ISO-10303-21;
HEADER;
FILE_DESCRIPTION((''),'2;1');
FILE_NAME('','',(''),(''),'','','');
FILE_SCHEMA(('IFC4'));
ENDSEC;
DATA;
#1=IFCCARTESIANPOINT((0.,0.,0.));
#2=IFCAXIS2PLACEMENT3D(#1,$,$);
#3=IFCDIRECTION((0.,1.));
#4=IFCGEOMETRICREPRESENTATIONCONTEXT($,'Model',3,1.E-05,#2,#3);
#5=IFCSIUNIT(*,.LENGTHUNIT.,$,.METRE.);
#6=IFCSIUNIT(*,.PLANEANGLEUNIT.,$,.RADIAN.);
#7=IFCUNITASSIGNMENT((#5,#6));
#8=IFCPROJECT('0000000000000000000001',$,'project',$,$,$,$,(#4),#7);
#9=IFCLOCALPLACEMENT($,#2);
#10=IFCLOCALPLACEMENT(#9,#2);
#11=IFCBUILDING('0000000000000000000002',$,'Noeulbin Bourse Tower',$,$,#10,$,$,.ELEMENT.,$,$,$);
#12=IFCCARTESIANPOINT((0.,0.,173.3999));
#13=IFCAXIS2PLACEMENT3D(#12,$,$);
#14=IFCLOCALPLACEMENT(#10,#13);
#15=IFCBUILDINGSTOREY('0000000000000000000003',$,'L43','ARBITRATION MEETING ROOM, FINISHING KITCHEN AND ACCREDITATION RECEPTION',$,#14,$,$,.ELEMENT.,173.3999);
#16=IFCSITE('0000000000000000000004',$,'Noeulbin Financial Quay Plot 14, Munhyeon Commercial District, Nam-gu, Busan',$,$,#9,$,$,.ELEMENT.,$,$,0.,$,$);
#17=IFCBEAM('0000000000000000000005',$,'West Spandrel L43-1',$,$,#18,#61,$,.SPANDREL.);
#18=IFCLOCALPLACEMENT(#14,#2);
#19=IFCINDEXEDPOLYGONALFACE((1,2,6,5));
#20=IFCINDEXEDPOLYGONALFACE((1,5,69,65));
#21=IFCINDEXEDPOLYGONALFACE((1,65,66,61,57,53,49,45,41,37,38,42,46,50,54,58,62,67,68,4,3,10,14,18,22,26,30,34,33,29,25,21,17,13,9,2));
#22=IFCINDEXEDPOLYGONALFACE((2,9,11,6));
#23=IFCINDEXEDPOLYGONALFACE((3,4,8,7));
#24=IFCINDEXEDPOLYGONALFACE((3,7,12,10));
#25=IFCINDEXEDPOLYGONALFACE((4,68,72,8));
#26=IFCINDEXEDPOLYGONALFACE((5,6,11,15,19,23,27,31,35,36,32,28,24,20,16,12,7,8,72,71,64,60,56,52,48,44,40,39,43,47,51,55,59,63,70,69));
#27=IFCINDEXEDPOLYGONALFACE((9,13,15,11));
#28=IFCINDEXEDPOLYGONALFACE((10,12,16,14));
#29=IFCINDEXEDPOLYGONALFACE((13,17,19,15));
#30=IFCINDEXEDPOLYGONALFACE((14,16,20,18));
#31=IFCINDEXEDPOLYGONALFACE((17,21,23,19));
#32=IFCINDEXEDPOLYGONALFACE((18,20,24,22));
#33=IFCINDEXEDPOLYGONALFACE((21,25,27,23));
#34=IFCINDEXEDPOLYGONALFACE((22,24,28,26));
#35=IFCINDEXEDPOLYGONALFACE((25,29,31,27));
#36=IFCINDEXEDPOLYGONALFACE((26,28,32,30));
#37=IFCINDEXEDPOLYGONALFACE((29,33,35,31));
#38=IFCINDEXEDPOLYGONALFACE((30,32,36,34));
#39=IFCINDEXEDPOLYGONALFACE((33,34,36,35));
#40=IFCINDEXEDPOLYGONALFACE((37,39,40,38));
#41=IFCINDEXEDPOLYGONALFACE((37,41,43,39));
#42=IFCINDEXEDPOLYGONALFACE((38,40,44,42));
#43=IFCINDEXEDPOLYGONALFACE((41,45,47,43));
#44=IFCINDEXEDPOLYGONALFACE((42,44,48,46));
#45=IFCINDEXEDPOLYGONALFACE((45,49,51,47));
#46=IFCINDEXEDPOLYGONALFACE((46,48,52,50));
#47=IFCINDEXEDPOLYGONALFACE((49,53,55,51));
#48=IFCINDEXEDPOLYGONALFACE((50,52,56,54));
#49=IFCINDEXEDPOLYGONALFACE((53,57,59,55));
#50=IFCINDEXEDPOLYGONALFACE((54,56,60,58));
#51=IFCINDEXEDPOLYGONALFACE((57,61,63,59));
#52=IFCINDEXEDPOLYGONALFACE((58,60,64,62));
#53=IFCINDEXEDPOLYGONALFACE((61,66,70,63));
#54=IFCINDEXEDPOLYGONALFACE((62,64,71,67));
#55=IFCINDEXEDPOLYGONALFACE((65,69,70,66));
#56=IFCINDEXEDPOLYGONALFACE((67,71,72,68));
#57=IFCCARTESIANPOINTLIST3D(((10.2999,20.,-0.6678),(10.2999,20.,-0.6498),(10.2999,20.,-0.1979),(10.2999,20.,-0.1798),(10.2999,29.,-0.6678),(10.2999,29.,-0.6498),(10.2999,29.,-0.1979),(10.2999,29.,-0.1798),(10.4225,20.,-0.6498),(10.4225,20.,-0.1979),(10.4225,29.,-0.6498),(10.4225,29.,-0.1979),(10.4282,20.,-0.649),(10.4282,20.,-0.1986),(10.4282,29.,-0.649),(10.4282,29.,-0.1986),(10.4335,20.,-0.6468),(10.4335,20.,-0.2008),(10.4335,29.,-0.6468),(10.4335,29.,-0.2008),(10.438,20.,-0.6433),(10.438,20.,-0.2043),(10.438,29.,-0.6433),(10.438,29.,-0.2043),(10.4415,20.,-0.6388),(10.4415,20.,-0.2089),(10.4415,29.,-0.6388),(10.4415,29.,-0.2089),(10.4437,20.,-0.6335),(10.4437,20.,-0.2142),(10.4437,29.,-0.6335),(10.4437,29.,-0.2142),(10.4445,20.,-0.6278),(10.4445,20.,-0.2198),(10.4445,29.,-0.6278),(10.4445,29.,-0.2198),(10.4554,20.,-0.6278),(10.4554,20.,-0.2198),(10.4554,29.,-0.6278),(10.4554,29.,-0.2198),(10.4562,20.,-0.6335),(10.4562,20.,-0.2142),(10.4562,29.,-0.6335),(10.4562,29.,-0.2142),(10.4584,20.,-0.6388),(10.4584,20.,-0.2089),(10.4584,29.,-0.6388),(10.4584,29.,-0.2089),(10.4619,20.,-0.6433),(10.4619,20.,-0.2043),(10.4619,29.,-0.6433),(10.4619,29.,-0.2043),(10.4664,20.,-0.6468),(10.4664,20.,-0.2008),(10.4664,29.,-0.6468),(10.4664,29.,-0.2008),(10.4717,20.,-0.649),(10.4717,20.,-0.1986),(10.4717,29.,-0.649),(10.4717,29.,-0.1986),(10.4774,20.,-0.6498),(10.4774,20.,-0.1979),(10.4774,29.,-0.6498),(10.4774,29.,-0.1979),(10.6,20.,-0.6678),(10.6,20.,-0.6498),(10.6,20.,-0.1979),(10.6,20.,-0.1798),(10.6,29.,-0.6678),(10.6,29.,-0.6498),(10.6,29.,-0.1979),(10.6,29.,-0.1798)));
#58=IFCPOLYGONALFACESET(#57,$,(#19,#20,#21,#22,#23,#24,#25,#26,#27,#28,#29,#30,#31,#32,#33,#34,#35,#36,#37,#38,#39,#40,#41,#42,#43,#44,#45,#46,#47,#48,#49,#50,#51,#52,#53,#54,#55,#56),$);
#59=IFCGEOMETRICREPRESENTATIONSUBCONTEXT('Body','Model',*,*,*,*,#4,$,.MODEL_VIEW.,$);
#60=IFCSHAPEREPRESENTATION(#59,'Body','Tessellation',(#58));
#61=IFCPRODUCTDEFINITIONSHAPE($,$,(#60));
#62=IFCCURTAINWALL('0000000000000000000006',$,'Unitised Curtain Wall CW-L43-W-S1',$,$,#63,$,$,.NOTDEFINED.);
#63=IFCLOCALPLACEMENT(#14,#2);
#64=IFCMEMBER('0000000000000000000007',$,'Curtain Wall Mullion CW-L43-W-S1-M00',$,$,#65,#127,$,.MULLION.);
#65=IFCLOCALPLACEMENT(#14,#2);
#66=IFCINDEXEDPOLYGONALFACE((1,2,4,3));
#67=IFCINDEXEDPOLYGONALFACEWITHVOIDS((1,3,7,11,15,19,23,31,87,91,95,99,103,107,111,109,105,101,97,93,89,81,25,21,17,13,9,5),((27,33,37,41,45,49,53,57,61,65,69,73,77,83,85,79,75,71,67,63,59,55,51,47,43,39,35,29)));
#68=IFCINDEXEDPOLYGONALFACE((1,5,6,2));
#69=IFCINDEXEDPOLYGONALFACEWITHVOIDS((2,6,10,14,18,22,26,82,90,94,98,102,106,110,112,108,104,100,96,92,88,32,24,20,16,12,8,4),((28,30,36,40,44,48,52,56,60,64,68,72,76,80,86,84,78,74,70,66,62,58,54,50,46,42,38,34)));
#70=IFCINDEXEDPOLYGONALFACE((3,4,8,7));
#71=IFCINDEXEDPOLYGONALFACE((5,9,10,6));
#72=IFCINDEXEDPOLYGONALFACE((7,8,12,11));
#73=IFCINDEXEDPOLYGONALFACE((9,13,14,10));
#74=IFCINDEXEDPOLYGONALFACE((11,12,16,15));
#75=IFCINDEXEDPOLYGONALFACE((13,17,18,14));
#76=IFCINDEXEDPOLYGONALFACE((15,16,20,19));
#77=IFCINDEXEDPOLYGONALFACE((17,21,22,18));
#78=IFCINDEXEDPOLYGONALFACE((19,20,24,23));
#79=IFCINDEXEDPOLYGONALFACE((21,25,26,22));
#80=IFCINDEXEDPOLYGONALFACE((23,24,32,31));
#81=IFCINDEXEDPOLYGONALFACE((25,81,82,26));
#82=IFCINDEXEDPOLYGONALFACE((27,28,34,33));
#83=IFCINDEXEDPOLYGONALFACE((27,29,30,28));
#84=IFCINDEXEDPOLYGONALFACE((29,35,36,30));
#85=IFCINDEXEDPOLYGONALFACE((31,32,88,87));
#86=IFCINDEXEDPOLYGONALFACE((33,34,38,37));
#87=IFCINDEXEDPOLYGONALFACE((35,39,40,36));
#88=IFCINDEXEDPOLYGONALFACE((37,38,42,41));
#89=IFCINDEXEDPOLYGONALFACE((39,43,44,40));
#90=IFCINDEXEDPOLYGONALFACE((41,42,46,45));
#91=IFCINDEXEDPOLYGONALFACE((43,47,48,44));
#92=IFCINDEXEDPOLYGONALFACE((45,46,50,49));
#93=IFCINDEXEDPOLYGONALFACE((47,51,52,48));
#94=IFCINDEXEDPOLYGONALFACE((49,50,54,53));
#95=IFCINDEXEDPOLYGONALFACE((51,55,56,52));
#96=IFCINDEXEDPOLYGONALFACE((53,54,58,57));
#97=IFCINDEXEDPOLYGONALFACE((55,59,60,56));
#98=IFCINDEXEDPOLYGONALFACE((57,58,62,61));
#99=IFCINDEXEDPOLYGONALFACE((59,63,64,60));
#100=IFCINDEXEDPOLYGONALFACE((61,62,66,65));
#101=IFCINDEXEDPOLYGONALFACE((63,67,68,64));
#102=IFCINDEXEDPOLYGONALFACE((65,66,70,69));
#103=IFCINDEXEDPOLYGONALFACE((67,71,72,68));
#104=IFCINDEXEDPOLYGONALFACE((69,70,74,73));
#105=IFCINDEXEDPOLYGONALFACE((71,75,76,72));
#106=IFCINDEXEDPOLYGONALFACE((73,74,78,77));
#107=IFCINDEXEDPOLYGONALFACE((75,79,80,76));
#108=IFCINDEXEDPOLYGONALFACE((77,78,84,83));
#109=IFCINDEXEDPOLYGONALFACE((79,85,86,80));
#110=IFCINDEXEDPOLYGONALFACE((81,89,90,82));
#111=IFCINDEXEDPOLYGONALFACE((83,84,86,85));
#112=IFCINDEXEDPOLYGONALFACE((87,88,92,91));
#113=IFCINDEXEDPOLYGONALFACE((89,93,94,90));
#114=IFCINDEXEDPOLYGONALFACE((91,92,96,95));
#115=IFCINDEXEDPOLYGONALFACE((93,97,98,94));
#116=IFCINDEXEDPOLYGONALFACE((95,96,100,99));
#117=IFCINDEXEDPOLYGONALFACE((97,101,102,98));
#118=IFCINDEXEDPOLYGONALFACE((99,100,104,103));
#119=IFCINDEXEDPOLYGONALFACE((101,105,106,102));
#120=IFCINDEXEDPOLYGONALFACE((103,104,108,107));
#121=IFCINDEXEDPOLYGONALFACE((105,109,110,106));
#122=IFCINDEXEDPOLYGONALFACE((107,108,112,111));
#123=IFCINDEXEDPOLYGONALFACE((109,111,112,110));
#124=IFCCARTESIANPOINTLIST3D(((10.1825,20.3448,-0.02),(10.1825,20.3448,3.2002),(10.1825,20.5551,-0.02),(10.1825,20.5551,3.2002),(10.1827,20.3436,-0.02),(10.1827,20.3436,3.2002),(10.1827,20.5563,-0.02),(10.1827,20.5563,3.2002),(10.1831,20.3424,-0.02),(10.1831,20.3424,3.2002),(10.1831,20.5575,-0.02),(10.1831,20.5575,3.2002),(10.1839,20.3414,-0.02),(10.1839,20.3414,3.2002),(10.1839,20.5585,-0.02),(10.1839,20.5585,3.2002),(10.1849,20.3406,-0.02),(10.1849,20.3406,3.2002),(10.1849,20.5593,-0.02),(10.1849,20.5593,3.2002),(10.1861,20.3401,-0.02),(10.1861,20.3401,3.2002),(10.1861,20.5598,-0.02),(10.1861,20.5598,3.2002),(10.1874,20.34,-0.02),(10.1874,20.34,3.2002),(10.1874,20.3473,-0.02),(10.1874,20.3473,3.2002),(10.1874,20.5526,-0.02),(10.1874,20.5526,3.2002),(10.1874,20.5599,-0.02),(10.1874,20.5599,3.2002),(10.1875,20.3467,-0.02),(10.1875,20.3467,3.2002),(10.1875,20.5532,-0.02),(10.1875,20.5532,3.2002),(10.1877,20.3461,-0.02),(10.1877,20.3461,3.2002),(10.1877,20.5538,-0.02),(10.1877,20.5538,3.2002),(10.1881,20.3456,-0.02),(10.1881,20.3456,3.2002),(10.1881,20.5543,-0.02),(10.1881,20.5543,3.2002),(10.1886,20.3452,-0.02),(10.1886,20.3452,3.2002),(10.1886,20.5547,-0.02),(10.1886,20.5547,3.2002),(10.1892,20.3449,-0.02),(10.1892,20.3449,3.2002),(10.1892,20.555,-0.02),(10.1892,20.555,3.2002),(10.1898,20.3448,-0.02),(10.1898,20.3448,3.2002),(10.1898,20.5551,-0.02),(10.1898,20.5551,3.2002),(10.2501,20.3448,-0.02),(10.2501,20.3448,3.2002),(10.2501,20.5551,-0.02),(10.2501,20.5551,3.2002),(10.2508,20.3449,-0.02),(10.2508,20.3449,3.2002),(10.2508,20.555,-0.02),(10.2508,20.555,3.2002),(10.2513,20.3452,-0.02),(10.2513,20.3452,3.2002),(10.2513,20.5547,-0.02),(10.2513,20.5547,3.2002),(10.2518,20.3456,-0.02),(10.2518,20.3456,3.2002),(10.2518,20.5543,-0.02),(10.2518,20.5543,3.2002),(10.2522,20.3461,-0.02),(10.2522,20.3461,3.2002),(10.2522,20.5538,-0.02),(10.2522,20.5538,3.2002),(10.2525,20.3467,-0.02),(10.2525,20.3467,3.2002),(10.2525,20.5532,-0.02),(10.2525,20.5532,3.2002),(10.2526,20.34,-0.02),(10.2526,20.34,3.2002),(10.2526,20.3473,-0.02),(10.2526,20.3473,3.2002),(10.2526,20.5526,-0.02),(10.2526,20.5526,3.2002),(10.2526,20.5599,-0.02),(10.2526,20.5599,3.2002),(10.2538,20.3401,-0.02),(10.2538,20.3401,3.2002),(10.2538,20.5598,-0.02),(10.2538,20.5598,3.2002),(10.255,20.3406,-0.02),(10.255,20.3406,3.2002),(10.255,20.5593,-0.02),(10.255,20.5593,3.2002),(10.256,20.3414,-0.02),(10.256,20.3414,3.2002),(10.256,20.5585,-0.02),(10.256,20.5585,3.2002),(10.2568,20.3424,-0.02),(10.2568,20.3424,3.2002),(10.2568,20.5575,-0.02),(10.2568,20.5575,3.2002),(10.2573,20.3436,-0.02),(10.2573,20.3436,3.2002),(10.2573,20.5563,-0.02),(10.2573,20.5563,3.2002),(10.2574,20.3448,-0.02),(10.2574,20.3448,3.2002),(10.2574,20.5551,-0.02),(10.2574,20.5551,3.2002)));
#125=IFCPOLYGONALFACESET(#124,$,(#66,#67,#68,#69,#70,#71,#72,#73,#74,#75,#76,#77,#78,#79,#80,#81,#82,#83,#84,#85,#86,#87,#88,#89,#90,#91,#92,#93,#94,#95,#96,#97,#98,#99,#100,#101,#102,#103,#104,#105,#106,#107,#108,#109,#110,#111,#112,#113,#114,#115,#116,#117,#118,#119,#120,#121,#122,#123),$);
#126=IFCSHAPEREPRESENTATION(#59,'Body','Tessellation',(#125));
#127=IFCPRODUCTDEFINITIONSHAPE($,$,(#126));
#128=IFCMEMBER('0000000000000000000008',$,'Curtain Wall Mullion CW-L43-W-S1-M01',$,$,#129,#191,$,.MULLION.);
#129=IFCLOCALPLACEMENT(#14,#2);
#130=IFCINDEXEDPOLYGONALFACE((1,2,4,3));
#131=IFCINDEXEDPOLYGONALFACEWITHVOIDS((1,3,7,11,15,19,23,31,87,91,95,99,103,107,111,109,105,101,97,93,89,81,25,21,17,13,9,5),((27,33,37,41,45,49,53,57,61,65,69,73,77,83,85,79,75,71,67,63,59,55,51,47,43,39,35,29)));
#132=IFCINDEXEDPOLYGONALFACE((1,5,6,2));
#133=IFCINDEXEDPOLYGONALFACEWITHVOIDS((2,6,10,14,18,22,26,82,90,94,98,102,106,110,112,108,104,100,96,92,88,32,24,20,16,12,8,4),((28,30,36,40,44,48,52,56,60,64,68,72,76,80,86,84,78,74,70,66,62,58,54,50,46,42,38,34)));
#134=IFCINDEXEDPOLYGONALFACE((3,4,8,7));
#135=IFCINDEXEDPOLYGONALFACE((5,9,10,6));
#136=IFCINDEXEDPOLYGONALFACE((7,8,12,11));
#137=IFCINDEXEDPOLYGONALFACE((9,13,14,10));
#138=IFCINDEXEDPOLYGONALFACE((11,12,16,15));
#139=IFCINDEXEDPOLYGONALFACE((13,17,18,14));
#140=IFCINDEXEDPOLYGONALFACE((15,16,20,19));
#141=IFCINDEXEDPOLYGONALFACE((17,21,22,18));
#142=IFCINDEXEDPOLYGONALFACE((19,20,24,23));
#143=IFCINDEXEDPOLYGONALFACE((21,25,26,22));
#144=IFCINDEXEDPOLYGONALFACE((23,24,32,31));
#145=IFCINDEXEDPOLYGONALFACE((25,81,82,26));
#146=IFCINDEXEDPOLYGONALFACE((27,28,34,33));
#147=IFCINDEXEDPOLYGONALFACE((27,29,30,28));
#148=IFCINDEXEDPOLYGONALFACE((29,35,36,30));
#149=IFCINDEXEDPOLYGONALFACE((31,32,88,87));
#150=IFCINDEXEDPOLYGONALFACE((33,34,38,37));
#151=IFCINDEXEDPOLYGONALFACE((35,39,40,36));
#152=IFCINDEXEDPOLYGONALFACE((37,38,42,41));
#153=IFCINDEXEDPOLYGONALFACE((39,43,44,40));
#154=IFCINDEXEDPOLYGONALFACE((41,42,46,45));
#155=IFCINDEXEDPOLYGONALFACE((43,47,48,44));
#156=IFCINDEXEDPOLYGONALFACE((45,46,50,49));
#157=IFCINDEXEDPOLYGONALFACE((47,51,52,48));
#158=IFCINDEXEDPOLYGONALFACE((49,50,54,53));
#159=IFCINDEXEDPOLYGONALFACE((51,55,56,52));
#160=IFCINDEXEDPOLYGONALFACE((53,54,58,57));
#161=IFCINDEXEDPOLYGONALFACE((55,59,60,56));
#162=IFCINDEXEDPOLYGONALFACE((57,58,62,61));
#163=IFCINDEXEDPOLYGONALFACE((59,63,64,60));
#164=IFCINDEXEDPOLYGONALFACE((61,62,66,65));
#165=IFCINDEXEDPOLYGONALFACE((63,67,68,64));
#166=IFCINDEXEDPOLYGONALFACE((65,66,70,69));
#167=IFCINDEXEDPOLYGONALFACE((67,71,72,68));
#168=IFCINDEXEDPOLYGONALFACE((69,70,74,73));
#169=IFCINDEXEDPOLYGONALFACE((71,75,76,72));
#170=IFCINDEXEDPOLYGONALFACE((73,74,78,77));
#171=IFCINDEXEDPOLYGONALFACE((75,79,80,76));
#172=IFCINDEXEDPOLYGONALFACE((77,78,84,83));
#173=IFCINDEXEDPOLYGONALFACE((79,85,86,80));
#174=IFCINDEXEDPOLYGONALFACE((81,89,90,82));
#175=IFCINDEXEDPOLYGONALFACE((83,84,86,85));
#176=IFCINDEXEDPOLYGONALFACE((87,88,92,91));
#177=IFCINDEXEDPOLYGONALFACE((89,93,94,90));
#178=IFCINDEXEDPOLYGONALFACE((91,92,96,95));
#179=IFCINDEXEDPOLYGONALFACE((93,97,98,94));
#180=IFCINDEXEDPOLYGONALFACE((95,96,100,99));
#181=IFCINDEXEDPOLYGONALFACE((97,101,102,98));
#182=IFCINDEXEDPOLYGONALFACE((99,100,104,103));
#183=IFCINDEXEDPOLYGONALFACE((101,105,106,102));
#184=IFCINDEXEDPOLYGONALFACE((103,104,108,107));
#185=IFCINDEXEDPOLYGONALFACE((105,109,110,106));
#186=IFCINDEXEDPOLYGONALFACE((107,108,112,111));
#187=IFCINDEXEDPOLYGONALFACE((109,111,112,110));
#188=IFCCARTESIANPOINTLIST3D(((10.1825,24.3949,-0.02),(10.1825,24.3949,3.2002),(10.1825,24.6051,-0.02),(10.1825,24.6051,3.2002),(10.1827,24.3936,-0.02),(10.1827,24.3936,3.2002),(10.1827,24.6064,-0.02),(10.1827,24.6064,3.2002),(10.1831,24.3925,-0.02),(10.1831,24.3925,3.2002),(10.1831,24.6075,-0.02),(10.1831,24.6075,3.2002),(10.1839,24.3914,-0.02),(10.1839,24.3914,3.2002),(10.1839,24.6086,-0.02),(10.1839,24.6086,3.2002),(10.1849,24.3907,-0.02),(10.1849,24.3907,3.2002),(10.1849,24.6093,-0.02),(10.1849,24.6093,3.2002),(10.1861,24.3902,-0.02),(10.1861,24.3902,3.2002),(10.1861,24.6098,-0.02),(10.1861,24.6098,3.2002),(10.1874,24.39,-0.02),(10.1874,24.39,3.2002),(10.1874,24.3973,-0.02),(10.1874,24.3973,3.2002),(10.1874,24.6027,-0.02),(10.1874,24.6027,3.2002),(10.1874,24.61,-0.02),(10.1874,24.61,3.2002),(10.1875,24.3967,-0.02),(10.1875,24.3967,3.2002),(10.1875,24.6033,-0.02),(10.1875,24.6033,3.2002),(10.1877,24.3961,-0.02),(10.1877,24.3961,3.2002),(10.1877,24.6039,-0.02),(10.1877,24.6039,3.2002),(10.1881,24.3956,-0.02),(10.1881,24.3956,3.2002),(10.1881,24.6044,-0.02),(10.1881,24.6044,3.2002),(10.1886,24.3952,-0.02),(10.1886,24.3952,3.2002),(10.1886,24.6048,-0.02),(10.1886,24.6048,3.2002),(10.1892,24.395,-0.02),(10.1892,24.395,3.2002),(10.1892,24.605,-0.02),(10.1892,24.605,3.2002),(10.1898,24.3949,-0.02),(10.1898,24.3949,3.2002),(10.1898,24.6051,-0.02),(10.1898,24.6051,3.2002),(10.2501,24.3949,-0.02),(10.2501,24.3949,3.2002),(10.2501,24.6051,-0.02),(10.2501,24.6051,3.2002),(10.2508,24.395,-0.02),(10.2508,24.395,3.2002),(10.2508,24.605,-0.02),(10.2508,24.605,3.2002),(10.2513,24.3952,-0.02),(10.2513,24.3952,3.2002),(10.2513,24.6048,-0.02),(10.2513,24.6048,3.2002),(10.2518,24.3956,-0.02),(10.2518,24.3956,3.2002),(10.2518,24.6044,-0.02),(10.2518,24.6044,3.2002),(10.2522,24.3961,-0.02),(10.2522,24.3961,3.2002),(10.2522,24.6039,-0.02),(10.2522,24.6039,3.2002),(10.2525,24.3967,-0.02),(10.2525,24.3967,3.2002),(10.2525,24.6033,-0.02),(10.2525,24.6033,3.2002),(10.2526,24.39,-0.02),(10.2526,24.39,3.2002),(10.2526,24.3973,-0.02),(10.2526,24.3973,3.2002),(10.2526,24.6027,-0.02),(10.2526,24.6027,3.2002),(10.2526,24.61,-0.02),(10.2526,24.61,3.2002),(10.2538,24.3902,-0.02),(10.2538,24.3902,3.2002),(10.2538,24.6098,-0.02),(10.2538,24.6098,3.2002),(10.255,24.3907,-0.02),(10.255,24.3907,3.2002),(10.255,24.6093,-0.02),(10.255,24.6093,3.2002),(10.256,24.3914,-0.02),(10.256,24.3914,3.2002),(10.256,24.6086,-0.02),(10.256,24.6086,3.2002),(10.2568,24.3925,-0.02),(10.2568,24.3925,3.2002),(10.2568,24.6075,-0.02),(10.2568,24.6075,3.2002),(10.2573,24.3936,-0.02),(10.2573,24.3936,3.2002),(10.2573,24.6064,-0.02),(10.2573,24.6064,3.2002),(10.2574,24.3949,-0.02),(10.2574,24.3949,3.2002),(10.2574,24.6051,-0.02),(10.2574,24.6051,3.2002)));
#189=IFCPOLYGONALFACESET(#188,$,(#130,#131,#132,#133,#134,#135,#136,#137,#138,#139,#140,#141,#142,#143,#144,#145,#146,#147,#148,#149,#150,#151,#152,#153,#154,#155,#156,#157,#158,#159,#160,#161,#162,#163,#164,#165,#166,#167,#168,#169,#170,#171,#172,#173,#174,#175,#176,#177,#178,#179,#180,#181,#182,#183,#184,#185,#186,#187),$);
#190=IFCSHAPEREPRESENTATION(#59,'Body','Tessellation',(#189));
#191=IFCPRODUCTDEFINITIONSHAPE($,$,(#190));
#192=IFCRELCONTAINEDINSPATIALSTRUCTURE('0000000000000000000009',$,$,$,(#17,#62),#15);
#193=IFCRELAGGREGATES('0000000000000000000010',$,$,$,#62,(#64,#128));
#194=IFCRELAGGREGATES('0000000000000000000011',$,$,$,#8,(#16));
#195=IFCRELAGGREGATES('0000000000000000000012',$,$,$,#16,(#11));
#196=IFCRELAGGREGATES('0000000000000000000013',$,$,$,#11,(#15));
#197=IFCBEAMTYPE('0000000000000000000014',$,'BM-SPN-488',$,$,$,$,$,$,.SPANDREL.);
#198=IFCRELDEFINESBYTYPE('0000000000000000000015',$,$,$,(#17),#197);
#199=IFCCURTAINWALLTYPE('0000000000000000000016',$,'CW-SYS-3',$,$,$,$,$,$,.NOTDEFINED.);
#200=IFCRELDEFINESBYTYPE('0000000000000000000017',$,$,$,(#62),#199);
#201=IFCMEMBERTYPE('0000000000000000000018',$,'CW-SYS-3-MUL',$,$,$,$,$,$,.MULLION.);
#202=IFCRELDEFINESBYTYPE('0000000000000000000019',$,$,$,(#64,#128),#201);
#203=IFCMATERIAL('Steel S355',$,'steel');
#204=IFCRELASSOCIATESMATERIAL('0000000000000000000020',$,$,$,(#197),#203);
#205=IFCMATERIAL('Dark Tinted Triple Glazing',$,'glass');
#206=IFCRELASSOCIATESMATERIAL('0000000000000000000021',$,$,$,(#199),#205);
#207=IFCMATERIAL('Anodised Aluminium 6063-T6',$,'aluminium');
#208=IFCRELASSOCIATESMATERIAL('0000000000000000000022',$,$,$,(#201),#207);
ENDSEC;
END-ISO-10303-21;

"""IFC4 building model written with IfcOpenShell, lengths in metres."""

from ifc_helpers import new_model, si_unit, direction, frame, origin, origin_2d, place, context, subcontext, project, spatial, hollow_rectangle, i_section, extrude, material, material_profile, profile_set, type_object, element, aggregate, save


model = new_model("IFC4")

# Units and contexts
model_context = context("Model", 3, precision=1e-05, world=origin(), true_north=direction((0.0, 1.0)))
body_context = subcontext(model_context, "Body", "Model", "MODEL_VIEW")
ifc_project = project(units=[si_unit("LENGTHUNIT", "METRE"), si_unit("PLANEANGLEUNIT", "RADIAN")], contexts=[model_context])

# Site, building, storey
site_placement = place(None, origin())
site = spatial("IfcSite", under=ifc_project, at=site_placement, Name="Noeulbin Financial Quay Plot 14, Munhyeon Commercial District, Nam-gu, Busan", CompositionType="ELEMENT", RefElevation=0.0)
building_placement = place(site_placement, origin())
building = spatial("IfcBuilding", under=site, at=building_placement, Name="Noeulbin Bourse Tower", CompositionType="ELEMENT")
storey_placement = place(building_placement, frame((0.0, 0.0, 173.3999)))
storey = spatial("IfcBuildingStorey", under=building, at=storey_placement, Name="L43", Description="ARBITRATION MEETING ROOM, FINISHING KITCHEN AND ACCREDITATION RECEPTION", CompositionType="ELEMENT", Elevation=173.3999)

# Shared definitions
ifc_material_1 = material(Name="Steel S355", Category="steel")

# Beam
ifc_material_profile_1 = material_profile(ifc_material_1, i_section(OverallWidth=0.3, OverallDepth=0.488, WebThickness=0.011, FlangeThickness=0.0181, FilletRadius=0.022, at=origin_2d()), Name="H-488x300x11x18", Category="LoadBearing")
ifc_profile_set_1 = profile_set([ifc_material_profile_1], Name="Steel S355")
beam_type_1 = type_object("IfcBeamType", Name="BM-SPN-488", PredefinedType="SPANDREL", material=ifc_profile_set_1)
beam_1_placement = place(storey_placement, frame((10.45, 20.0, -0.4238), z_axis=(0.0, 1.0, 0.0), x_axis=(-1.0, 0.0, 0.0)))
element("IfcBeam", 1, at=beam_1_placement, inside=storey, type_object=beam_type_1, Name="West Spandrel L43-1", PredefinedType="SPANDREL", context=body_context, shape_type="SweptSolid", body=[
    extrude(i_section(OverallWidth=0.3, OverallDepth=0.488, WebThickness=0.011, FlangeThickness=0.0181, FilletRadius=0.022, at=origin_2d()), origin(), (0.0, 0.0, 1.0), 9.0),
])

# Curtain wall, members
ifc_material_2 = material(Name="Dark Tinted Triple Glazing", Category="glass")
curtain_wall_type = type_object("IfcCurtainWallType", Name="CW-SYS-3", PredefinedType="NOTDEFINED", material=ifc_material_2)
curtain_wall_placement = place(storey_placement, origin())
curtain_wall = element("IfcCurtainWall", 2, at=curtain_wall_placement, inside=storey, type_object=curtain_wall_type, Name="Unitised Curtain Wall CW-L43-W-S1", PredefinedType="NOTDEFINED")
ifc_material_3 = material(Name="Anodised Aluminium 6063-T6", Category="aluminium")
ifc_material_profile_2 = material_profile(ifc_material_3, hollow_rectangle(XDim=0.075, YDim=0.22, WallThickness=0.0049, InnerFilletRadius=0.0024, OuterFilletRadius=0.0049, at=origin_2d()), Name="ALU-MULL-75x220x5", Category="LoadBearing")
ifc_profile_set_2 = profile_set([ifc_material_profile_2], Name="Anodised Aluminium 6063-T6")
member_type_1 = type_object("IfcMemberType", Name="CW-SYS-3-MUL", PredefinedType="MULLION", material=ifc_profile_set_2)
member_1_placement = place(storey_placement, frame((10.22, 20.45, -0.02), z_axis=(0.0, 0.0, 1.0), x_axis=(1.0, 0.0, 0.0)))
member_1 = element("IfcMember", 3, at=member_1_placement, type_object=member_type_1, Name="Curtain Wall Mullion CW-L43-W-S1-M00", PredefinedType="MULLION", context=body_context, shape_type="SweptSolid", body=[
    extrude(hollow_rectangle(XDim=0.075, YDim=0.22, WallThickness=0.0049, InnerFilletRadius=0.0024, OuterFilletRadius=0.0049, at=origin_2d()), origin(), (0.0, 0.0, 1.0), 3.2202),
])
member_2_placement = place(storey_placement, frame((10.22, 24.5, -0.02), z_axis=(0.0, 0.0, 1.0), x_axis=(1.0, 0.0, 0.0)))
member_2 = element("IfcMember", 4, at=member_2_placement, type_object=member_type_1, Name="Curtain Wall Mullion CW-L43-W-S1-M01", PredefinedType="MULLION", context=body_context, shape_type="SweptSolid", body=[
    extrude(hollow_rectangle(XDim=0.075, YDim=0.22, WallThickness=0.0049, InnerFilletRadius=0.0024, OuterFilletRadius=0.0049, at=origin_2d()), origin(), (0.0, 0.0, 1.0), 3.2202),
])
aggregate(curtain_wall, [member_1, member_2])

save(model, "model.ifc")
